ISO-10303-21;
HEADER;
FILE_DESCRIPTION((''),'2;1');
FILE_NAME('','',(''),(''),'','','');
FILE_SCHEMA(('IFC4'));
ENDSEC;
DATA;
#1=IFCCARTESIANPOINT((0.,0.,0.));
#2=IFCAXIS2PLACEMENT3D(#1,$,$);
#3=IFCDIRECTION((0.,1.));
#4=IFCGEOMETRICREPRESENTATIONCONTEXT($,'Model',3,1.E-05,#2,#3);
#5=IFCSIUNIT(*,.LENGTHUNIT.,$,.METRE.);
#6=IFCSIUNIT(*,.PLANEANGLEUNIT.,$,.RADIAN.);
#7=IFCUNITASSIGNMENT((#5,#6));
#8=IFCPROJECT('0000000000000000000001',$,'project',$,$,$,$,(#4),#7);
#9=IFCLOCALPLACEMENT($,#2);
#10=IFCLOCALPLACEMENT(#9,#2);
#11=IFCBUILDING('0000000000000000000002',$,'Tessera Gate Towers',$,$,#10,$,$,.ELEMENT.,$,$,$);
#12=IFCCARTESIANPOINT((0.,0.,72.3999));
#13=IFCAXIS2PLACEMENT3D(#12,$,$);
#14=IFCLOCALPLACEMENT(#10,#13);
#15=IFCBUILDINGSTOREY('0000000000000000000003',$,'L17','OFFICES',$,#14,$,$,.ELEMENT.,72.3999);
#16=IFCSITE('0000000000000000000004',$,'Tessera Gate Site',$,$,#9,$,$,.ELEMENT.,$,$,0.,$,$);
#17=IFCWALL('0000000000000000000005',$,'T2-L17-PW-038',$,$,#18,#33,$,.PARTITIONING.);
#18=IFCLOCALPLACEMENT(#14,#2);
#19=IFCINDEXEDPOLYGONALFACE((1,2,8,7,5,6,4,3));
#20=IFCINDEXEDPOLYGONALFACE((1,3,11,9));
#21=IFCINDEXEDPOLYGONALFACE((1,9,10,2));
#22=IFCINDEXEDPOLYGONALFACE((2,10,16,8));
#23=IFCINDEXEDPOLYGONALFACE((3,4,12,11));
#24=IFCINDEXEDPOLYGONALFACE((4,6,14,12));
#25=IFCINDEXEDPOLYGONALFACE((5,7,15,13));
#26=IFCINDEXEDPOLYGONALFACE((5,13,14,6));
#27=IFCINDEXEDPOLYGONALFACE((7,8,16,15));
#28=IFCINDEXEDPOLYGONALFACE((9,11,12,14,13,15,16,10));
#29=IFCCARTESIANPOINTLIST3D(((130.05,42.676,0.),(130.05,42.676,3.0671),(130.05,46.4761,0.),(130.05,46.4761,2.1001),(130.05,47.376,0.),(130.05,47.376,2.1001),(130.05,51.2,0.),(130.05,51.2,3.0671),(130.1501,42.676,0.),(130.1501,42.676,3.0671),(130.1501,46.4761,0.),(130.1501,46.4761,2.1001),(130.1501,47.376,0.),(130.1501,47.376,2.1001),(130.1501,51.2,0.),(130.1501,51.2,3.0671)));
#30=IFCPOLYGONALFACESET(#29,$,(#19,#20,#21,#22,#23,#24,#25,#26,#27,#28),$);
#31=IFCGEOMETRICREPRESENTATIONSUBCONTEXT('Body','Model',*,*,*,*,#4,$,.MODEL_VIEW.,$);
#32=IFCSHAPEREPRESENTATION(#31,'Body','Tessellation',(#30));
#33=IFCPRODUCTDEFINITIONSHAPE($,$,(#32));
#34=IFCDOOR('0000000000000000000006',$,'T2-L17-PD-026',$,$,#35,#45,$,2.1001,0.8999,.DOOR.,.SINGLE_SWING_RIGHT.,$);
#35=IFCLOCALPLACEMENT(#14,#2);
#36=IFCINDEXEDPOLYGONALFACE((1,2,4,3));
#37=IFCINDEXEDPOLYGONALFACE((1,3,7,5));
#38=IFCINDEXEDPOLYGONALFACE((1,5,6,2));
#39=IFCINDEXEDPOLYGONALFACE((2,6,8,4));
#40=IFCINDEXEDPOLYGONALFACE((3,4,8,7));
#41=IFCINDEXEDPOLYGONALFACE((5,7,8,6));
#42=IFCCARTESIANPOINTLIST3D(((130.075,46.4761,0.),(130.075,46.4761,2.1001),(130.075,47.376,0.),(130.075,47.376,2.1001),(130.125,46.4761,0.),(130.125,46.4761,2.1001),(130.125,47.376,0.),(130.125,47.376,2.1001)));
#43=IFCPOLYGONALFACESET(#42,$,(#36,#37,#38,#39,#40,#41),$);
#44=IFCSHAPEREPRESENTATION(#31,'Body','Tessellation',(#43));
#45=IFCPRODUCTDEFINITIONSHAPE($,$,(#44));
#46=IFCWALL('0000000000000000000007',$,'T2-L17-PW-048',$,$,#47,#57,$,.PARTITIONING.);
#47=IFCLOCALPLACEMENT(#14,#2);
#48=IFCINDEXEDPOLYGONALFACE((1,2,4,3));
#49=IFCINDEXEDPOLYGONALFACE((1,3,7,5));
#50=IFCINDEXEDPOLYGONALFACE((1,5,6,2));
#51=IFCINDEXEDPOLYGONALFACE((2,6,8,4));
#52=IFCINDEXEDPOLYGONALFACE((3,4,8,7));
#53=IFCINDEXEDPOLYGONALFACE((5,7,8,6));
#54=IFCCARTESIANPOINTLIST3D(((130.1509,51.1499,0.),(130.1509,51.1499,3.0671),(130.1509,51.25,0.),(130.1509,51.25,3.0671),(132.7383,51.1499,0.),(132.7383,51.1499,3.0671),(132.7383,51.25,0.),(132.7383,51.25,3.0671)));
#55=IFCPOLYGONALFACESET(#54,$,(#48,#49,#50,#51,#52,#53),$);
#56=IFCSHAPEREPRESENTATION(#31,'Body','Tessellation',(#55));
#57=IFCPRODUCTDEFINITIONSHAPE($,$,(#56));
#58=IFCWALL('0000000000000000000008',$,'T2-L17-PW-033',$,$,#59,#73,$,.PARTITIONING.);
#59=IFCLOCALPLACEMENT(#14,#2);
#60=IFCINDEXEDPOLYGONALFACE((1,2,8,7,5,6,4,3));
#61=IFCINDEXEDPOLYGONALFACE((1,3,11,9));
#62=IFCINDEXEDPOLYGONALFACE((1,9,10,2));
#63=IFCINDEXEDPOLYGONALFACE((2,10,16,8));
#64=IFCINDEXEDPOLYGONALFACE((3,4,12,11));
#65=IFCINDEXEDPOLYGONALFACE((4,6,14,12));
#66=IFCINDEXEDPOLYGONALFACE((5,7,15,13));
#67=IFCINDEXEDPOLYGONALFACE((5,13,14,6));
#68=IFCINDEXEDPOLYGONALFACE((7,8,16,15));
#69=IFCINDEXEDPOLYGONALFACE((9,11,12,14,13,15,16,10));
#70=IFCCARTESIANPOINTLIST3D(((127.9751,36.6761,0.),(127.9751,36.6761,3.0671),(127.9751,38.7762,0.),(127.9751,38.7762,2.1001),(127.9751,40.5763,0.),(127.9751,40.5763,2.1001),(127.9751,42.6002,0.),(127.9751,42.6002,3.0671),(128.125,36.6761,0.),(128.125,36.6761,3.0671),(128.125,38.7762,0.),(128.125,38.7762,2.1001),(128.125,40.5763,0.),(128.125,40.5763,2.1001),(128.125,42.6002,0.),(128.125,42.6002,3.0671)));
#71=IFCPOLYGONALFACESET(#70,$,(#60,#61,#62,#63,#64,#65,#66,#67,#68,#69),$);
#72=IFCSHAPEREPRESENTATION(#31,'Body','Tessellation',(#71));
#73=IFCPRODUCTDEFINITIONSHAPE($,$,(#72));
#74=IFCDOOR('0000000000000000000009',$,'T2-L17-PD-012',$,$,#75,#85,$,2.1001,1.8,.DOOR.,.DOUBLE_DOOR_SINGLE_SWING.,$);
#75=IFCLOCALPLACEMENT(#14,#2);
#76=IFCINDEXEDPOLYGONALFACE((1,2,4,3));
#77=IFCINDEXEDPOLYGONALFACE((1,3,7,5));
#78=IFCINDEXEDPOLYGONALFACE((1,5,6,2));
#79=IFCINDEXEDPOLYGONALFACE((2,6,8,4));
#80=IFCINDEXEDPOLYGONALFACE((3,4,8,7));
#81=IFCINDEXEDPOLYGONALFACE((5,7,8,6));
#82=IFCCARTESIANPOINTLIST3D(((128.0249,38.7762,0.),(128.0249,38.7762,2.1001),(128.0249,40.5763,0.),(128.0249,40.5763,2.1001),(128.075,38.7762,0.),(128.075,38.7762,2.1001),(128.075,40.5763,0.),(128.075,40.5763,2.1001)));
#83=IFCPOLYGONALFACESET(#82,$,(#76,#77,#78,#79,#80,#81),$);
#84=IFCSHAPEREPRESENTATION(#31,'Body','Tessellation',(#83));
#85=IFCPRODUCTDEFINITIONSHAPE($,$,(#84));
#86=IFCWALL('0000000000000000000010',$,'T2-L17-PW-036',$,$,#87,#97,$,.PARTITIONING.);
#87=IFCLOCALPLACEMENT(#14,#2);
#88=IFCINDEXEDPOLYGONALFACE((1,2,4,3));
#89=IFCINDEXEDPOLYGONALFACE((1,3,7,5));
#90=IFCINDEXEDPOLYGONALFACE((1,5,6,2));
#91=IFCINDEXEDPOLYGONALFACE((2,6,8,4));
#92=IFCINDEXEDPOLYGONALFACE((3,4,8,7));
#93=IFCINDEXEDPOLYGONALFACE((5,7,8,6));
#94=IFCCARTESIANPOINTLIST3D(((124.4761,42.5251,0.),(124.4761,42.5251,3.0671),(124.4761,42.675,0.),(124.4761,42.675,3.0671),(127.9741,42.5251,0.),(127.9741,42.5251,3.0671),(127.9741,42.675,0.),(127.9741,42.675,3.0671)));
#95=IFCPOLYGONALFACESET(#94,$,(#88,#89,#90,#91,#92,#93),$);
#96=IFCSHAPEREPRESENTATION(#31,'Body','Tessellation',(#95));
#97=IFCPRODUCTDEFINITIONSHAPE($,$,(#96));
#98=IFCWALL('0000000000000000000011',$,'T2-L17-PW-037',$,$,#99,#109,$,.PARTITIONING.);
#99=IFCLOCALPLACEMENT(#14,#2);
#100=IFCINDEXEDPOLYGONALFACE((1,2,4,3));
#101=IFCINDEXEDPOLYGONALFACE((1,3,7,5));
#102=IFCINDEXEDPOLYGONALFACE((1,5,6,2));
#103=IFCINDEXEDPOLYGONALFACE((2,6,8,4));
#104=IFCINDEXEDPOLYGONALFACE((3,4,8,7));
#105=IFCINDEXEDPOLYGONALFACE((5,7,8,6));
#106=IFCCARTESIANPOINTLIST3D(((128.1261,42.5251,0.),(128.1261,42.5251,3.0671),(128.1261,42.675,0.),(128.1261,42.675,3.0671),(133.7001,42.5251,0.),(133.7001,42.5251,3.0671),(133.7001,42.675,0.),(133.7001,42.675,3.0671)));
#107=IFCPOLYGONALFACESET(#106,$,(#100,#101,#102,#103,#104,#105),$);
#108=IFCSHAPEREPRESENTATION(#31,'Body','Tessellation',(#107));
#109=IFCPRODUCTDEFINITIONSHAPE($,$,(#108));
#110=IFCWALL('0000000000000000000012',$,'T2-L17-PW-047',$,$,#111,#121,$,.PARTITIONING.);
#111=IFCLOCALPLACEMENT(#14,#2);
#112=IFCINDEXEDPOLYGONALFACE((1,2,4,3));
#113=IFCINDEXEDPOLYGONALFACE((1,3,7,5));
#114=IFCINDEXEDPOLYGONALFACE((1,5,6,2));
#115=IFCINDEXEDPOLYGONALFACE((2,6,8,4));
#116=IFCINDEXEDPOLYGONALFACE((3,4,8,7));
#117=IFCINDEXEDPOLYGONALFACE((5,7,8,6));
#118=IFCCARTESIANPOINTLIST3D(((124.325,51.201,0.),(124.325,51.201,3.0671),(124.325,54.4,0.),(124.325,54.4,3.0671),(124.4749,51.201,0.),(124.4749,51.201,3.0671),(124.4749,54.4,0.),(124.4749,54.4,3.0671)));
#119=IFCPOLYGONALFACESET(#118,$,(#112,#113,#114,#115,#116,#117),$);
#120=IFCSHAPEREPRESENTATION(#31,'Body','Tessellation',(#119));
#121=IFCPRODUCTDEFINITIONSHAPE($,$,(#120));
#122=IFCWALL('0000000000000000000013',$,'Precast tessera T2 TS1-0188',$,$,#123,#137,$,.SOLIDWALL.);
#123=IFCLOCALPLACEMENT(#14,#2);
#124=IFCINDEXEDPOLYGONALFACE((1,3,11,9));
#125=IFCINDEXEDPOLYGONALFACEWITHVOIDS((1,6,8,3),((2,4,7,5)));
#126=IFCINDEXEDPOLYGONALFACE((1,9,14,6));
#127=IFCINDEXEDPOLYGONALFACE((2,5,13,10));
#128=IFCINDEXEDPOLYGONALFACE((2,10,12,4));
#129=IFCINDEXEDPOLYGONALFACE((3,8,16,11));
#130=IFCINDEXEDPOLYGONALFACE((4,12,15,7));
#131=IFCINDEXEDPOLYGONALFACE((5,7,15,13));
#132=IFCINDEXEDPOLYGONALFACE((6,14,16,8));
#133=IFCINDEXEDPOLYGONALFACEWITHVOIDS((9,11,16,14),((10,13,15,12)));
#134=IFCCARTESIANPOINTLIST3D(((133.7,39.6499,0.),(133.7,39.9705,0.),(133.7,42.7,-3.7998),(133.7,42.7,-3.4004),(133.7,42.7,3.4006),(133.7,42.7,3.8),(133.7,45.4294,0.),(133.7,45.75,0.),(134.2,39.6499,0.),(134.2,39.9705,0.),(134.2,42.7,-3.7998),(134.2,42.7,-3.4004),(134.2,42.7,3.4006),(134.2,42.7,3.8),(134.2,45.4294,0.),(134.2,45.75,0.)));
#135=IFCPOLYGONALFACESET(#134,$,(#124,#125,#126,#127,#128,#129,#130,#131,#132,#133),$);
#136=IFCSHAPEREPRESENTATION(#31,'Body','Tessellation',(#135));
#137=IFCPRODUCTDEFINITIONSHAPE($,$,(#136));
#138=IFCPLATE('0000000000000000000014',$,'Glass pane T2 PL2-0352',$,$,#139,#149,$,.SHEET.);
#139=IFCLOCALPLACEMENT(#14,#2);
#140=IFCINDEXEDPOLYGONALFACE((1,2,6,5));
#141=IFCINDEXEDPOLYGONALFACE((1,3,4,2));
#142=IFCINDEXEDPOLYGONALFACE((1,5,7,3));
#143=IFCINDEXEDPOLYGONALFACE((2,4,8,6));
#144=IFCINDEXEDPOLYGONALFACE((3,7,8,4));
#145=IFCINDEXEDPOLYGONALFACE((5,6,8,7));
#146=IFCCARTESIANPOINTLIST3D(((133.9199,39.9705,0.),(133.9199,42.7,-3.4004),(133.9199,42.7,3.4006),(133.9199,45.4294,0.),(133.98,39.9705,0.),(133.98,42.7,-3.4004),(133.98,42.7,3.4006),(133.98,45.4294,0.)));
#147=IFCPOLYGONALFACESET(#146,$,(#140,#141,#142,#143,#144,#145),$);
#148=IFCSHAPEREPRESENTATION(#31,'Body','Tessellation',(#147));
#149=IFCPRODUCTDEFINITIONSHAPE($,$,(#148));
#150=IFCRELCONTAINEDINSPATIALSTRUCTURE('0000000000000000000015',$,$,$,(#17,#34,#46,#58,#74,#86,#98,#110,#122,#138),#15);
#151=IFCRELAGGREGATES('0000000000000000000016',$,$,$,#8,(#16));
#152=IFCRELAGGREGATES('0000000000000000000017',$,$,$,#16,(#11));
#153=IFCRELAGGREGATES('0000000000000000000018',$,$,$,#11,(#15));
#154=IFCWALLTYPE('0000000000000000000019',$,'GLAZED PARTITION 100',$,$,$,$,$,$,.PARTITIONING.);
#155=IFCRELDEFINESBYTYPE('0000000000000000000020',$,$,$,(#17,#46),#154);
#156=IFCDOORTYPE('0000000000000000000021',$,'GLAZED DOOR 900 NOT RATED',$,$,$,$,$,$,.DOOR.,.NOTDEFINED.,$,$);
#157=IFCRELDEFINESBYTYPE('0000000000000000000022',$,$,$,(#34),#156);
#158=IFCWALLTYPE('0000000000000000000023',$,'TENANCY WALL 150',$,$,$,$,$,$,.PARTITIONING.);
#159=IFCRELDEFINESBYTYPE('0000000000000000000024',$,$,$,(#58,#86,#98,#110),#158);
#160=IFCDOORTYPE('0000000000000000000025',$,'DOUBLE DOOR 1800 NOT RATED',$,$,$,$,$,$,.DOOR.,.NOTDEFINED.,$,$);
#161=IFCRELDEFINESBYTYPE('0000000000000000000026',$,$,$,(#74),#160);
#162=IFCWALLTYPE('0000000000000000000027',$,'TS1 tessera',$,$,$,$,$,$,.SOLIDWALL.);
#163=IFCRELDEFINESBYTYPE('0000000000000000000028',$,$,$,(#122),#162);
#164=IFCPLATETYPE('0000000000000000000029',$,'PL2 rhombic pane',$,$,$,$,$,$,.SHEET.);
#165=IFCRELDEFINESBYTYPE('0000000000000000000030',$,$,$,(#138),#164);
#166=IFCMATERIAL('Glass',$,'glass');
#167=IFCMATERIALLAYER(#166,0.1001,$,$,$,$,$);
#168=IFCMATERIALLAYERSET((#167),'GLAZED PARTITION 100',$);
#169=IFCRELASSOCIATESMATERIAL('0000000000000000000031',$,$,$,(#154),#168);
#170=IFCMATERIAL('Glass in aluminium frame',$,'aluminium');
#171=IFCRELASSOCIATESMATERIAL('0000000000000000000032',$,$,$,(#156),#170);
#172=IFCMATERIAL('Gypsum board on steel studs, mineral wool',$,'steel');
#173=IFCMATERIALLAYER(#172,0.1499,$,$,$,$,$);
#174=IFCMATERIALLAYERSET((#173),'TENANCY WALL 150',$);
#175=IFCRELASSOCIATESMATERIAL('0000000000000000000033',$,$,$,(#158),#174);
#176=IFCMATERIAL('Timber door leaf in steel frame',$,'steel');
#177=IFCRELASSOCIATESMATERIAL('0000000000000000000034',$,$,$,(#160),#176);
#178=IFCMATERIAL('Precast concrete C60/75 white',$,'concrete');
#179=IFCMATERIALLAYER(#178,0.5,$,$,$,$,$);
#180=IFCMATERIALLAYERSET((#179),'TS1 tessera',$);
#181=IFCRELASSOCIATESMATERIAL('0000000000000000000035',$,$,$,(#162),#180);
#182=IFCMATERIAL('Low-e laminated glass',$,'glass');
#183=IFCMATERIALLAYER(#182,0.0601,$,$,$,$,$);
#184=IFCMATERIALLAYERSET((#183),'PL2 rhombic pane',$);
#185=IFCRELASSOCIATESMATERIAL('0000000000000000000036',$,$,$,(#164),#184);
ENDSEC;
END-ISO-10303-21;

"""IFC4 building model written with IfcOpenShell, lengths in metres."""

from ifc_helpers import new_model, si_unit, direction, frame, frame_2d, origin, place, context, subcontext, project, spatial, polyline, rectangle, outline, extrude, source, transform, mapped, material, layer, layer_set, type_object, element, fill, save


model = new_model("IFC4")

# Units and contexts
model_context = context("Model", 3, precision=1e-05, world=origin(), true_north=direction((0.0, 1.0)))
body_context = subcontext(model_context, "Body", "Model", "MODEL_VIEW")
ifc_project = project(units=[si_unit("LENGTHUNIT", "METRE"), si_unit("PLANEANGLEUNIT", "RADIAN")], contexts=[model_context])

# Site, building, storey
site_placement = place(None, origin())
site = spatial("IfcSite", under=ifc_project, at=site_placement, Name="Tessera Gate Site", CompositionType="ELEMENT", RefElevation=0.0)
building_placement = place(site_placement, origin())
building = spatial("IfcBuilding", under=site, at=building_placement, Name="Tessera Gate Towers", CompositionType="ELEMENT")
storey_placement = place(building_placement, frame((0.0, 0.0, 72.3999)))
storey = spatial("IfcBuildingStorey", under=building, at=storey_placement, Name="L17", Description="OFFICES", CompositionType="ELEMENT", Elevation=72.3999)

# Shared definitions
shared_shape_1 = source(origin(), body_context, "Body", "SweptSolid", [
    extrude(rectangle(XDim=1.8, YDim=2.1001, at=frame_2d((0.8999, 1.05))), frame((0.0, 0.085, 0.0), z_axis=(0.0, -1.0, 0.0), x_axis=(1.0, 0.0, 0.0)), (0.0, 0.0, 1.0), 0.1699),
])
shared_shape_2 = source(origin(), body_context, "Body", "SweptSolid", [
    extrude(rectangle(XDim=0.8999, YDim=2.1001, at=frame_2d((0.45, 1.05))), frame((0.0, 0.0249, 0.0), z_axis=(0.0, -1.0, 0.0), x_axis=(1.0, 0.0, 0.0)), (0.0, 0.0, 1.0), 0.05),
])
shared_shape_3 = source(origin(), body_context, "Body", "SweptSolid", [
    extrude(rectangle(XDim=1.8, YDim=2.1001, at=frame_2d((0.8999, 1.05))), frame((0.0, 0.0249, 0.0), z_axis=(0.0, -1.0, 0.0), x_axis=(1.0, 0.0, 0.0)), (0.0, 0.0, 1.0), 0.05),
])

# Wall, opening, door
ifc_material_1 = material(Name="Glass", Category="glass")
ifc_layer_1 = layer(ifc_material_1, 0.1001)
ifc_layer_set_1 = layer_set([ifc_layer_1], Name="GLAZED PARTITION 100")
wall_type_1 = type_object("IfcWallType", Name="GLAZED PARTITION 100", PredefinedType="PARTITIONING", material=ifc_layer_set_1)
wall_1_placement = place(storey_placement, frame((130.1001, 51.2, 0.0), z_axis=(0.0, 0.0, 1.0), x_axis=(0.0, -1.0, 0.0)))
wall_1 = element("IfcWall", 1, at=wall_1_placement, inside=storey, type_object=wall_type_1, Name="T2-L17-PW-038", PredefinedType="PARTITIONING", context=body_context, shape_type="SweptSolid", body=[
    extrude(rectangle(XDim=8.5239, YDim=0.1001, at=frame_2d((4.262, 0.0))), origin(), (0.0, 0.0, 1.0), 3.0671),
])
shared_shape_4 = source(origin(), body_context, "Body", "SweptSolid", [
    extrude(rectangle(XDim=0.8999, YDim=2.1001, at=frame_2d((0.45, 1.05))), frame((0.0, 0.0601, 0.0), z_axis=(0.0, -1.0, 0.0), x_axis=(1.0, 0.0, 0.0)), (0.0, 0.0, 1.0), 0.1201),
])
opening_1_placement = place(wall_1_placement, frame((3.824, 0.0, 0.0)))
opening_1 = element("IfcOpeningElement", 2, at=opening_1_placement, cuts=wall_1, PredefinedType="OPENING", context=body_context, shape_type="MappedRepresentation", body=[
    mapped(shared_shape_4, transform((0.0, 0.0, 0.0), scale=1.0)),
])
ifc_material_2 = material(Name="Glass in aluminium frame", Category="aluminium")
door_type_1 = type_object("IfcDoorType", Name="GLAZED DOOR 900 NOT RATED", OperationType="NOTDEFINED", PredefinedType="DOOR", material=ifc_material_2)
door_1_placement = place(opening_1_placement, origin())
door_1 = element("IfcDoor", 3, at=door_1_placement, inside=storey, type_object=door_type_1, Name="T2-L17-PD-026", OperationType="SINGLE_SWING_RIGHT", OverallHeight=2.1001, OverallWidth=0.8999, PredefinedType="DOOR", context=body_context, shape_type="MappedRepresentation", body=[
    mapped(shared_shape_2, transform((0.0, 0.0, 0.0), scale=1.0)),
])
fill(opening_1, door_1)

# Wall
wall_2_placement = place(storey_placement, frame((130.1509, 51.2, 0.0), z_axis=(0.0, 0.0, 1.0), x_axis=(1.0, 0.0, 0.0)))
element("IfcWall", 4, at=wall_2_placement, inside=storey, type_object=wall_type_1, Name="T2-L17-PW-048", PredefinedType="PARTITIONING", context=body_context, shape_type="SweptSolid", body=[
    extrude(rectangle(XDim=2.5874, YDim=0.1001, at=frame_2d((1.2937, 0.0))), origin(), (0.0, 0.0, 1.0), 3.0671),
])

# Wall, opening, door
ifc_material_3 = material(Name="Gypsum board on steel studs, mineral wool", Category="steel")
ifc_layer_2 = layer(ifc_material_3, 0.1499)
ifc_layer_set_2 = layer_set([ifc_layer_2], Name="TENANCY WALL 150")
wall_type_2 = type_object("IfcWallType", Name="TENANCY WALL 150", PredefinedType="PARTITIONING", material=ifc_layer_set_2)
wall_3_placement = place(storey_placement, frame((128.05, 42.6001, 0.0), z_axis=(0.0, 0.0, 1.0), x_axis=(0.0, -1.0, 0.0)))
wall_3 = element("IfcWall", 5, at=wall_3_placement, inside=storey, type_object=wall_type_2, Name="T2-L17-PW-033", PredefinedType="PARTITIONING", context=body_context, shape_type="SweptSolid", body=[
    extrude(rectangle(XDim=5.9241, YDim=0.1499, at=frame_2d((2.9619, 0.0))), origin(), (0.0, 0.0, 1.0), 3.0671),
])
opening_2_placement = place(wall_3_placement, frame((2.0239, 0.0, 0.0)))
opening_2 = element("IfcOpeningElement", 6, at=opening_2_placement, cuts=wall_3, PredefinedType="OPENING", context=body_context, shape_type="MappedRepresentation", body=[
    mapped(shared_shape_1, transform((0.0, 0.0, 0.0), scale=1.0)),
])
ifc_material_4 = material(Name="Timber door leaf in steel frame", Category="steel")
door_type_2 = type_object("IfcDoorType", Name="DOUBLE DOOR 1800 NOT RATED", OperationType="NOTDEFINED", PredefinedType="DOOR", material=ifc_material_4)
door_2_placement = place(opening_2_placement, origin())
door_2 = element("IfcDoor", 7, at=door_2_placement, inside=storey, type_object=door_type_2, Name="T2-L17-PD-012", OperationType="DOUBLE_DOOR_SINGLE_SWING", OverallHeight=2.1001, OverallWidth=1.8, PredefinedType="DOOR", context=body_context, shape_type="MappedRepresentation", body=[
    mapped(shared_shape_3, transform((0.0, 0.0, 0.0), scale=1.0)),
])
fill(opening_2, door_2)

# Walls
wall_4_placement = place(storey_placement, frame((124.4761, 42.6001, 0.0), z_axis=(0.0, 0.0, 1.0), x_axis=(1.0, 0.0, 0.0)))
element("IfcWall", 8, at=wall_4_placement, inside=storey, type_object=wall_type_2, Name="T2-L17-PW-036", PredefinedType="PARTITIONING", context=body_context, shape_type="SweptSolid", body=[
    extrude(rectangle(XDim=3.498, YDim=0.1499, at=frame_2d((1.749, 0.0))), origin(), (0.0, 0.0, 1.0), 3.0671),
])
wall_5_placement = place(storey_placement, frame((128.126, 42.6001, 0.0), z_axis=(0.0, 0.0, 1.0), x_axis=(1.0, 0.0, 0.0)))
element("IfcWall", 9, at=wall_5_placement, inside=storey, type_object=wall_type_2, Name="T2-L17-PW-037", PredefinedType="PARTITIONING", context=body_context, shape_type="SweptSolid", body=[
    extrude(rectangle(XDim=5.574, YDim=0.1499, at=frame_2d((2.7871, 0.0))), origin(), (0.0, 0.0, 1.0), 3.0671),
])
wall_6_placement = place(storey_placement, frame((124.3999, 51.2009, 0.0), z_axis=(0.0, 0.0, 1.0), x_axis=(0.0, 1.0, 0.0)))
element("IfcWall", 10, at=wall_6_placement, inside=storey, type_object=wall_type_2, Name="T2-L17-PW-047", PredefinedType="PARTITIONING", context=body_context, shape_type="SweptSolid", body=[
    extrude(rectangle(XDim=3.199, YDim=0.1499, at=frame_2d((1.5996, 0.0))), origin(), (0.0, 0.0, 1.0), 3.0671),
])

# Wall, opening, plate
ifc_material_5 = material(Name="Precast concrete C60/75 white", Category="concrete")
ifc_layer_3 = layer(ifc_material_5, 0.5)
ifc_layer_set_3 = layer_set([ifc_layer_3], Name="TS1 tessera")
wall_type_3 = type_object("IfcWallType", Name="TS1 tessera", PredefinedType="SOLIDWALL", material=ifc_layer_set_3)
shared_shape_5 = source(origin(), body_context, "Body", "SweptSolid", [
    extrude(outline(polyline([(3.05, 0.0), (6.1001, 3.7998), (3.05, 7.5999), (0.0, 3.7998), (3.05, 0.0)])), frame((0.0, 0.25, 0.0), z_axis=(0.0, -1.0, 0.0), x_axis=(1.0, 0.0, 0.0)), (0.0, 0.0, 1.0), 0.5),
])
wall_7_placement = place(storey_placement, frame((133.95, 39.6499, -3.7998), z_axis=(0.0, 0.0, 1.0), x_axis=(0.0, 1.0, 0.0)))
wall_7 = element("IfcWall", 11, at=wall_7_placement, inside=storey, type_object=wall_type_3, Name="Precast tessera T2 TS1-0188", PredefinedType="SOLIDWALL", context=body_context, shape_type="MappedRepresentation", body=[
    mapped(shared_shape_5, transform((0.0, 0.0, 0.0), scale=1.0)),
])
shared_shape_6 = source(origin(), body_context, "Body", "SweptSolid", [
    extrude(outline(polyline([(3.05, 0.3994), (5.7795, 3.7998), (3.05, 7.2004), (0.3206, 3.7998), (3.05, 0.3994)])), frame((0.0, 0.26, 0.0), z_axis=(0.0, -1.0, 0.0), x_axis=(1.0, 0.0, 0.0)), (0.0, 0.0, 1.0), 0.52),
])
opening_3_placement = place(wall_7_placement, origin())
opening_3 = element("IfcOpeningElement", 12, at=opening_3_placement, cuts=wall_7, PredefinedType="OPENING", context=body_context, shape_type="MappedRepresentation", body=[
    mapped(shared_shape_6, transform((0.0, 0.0, 0.0), scale=1.0)),
])
ifc_material_6 = material(Name="Low-e laminated glass", Category="glass")
ifc_layer_4 = layer(ifc_material_6, 0.0601)
ifc_layer_set_4 = layer_set([ifc_layer_4], Name="PL2 rhombic pane")
plate_type = type_object("IfcPlateType", Name="PL2 rhombic pane", PredefinedType="SHEET", material=ifc_layer_set_4)
shared_shape_7 = source(origin(), body_context, "Body", "SweptSolid", [
    extrude(outline(polyline([(3.05, 0.3994), (5.7795, 3.7998), (3.05, 7.2004), (0.3206, 3.7998), (3.05, 0.3994)])), frame((0.0, 0.03, 0.0), z_axis=(0.0, -1.0, 0.0), x_axis=(1.0, 0.0, 0.0)), (0.0, 0.0, 1.0), 0.0601),
])
plate_1_placement = place(opening_3_placement, origin())
plate_1 = element("IfcPlate", 13, at=plate_1_placement, inside=storey, type_object=plate_type, Name="Glass pane T2 PL2-0352", PredefinedType="SHEET", context=body_context, shape_type="MappedRepresentation", body=[
    mapped(shared_shape_7, transform((0.0, 0.0, 0.0), scale=1.0)),
])
fill(opening_3, plate_1)

save(model, "model.ifc")
